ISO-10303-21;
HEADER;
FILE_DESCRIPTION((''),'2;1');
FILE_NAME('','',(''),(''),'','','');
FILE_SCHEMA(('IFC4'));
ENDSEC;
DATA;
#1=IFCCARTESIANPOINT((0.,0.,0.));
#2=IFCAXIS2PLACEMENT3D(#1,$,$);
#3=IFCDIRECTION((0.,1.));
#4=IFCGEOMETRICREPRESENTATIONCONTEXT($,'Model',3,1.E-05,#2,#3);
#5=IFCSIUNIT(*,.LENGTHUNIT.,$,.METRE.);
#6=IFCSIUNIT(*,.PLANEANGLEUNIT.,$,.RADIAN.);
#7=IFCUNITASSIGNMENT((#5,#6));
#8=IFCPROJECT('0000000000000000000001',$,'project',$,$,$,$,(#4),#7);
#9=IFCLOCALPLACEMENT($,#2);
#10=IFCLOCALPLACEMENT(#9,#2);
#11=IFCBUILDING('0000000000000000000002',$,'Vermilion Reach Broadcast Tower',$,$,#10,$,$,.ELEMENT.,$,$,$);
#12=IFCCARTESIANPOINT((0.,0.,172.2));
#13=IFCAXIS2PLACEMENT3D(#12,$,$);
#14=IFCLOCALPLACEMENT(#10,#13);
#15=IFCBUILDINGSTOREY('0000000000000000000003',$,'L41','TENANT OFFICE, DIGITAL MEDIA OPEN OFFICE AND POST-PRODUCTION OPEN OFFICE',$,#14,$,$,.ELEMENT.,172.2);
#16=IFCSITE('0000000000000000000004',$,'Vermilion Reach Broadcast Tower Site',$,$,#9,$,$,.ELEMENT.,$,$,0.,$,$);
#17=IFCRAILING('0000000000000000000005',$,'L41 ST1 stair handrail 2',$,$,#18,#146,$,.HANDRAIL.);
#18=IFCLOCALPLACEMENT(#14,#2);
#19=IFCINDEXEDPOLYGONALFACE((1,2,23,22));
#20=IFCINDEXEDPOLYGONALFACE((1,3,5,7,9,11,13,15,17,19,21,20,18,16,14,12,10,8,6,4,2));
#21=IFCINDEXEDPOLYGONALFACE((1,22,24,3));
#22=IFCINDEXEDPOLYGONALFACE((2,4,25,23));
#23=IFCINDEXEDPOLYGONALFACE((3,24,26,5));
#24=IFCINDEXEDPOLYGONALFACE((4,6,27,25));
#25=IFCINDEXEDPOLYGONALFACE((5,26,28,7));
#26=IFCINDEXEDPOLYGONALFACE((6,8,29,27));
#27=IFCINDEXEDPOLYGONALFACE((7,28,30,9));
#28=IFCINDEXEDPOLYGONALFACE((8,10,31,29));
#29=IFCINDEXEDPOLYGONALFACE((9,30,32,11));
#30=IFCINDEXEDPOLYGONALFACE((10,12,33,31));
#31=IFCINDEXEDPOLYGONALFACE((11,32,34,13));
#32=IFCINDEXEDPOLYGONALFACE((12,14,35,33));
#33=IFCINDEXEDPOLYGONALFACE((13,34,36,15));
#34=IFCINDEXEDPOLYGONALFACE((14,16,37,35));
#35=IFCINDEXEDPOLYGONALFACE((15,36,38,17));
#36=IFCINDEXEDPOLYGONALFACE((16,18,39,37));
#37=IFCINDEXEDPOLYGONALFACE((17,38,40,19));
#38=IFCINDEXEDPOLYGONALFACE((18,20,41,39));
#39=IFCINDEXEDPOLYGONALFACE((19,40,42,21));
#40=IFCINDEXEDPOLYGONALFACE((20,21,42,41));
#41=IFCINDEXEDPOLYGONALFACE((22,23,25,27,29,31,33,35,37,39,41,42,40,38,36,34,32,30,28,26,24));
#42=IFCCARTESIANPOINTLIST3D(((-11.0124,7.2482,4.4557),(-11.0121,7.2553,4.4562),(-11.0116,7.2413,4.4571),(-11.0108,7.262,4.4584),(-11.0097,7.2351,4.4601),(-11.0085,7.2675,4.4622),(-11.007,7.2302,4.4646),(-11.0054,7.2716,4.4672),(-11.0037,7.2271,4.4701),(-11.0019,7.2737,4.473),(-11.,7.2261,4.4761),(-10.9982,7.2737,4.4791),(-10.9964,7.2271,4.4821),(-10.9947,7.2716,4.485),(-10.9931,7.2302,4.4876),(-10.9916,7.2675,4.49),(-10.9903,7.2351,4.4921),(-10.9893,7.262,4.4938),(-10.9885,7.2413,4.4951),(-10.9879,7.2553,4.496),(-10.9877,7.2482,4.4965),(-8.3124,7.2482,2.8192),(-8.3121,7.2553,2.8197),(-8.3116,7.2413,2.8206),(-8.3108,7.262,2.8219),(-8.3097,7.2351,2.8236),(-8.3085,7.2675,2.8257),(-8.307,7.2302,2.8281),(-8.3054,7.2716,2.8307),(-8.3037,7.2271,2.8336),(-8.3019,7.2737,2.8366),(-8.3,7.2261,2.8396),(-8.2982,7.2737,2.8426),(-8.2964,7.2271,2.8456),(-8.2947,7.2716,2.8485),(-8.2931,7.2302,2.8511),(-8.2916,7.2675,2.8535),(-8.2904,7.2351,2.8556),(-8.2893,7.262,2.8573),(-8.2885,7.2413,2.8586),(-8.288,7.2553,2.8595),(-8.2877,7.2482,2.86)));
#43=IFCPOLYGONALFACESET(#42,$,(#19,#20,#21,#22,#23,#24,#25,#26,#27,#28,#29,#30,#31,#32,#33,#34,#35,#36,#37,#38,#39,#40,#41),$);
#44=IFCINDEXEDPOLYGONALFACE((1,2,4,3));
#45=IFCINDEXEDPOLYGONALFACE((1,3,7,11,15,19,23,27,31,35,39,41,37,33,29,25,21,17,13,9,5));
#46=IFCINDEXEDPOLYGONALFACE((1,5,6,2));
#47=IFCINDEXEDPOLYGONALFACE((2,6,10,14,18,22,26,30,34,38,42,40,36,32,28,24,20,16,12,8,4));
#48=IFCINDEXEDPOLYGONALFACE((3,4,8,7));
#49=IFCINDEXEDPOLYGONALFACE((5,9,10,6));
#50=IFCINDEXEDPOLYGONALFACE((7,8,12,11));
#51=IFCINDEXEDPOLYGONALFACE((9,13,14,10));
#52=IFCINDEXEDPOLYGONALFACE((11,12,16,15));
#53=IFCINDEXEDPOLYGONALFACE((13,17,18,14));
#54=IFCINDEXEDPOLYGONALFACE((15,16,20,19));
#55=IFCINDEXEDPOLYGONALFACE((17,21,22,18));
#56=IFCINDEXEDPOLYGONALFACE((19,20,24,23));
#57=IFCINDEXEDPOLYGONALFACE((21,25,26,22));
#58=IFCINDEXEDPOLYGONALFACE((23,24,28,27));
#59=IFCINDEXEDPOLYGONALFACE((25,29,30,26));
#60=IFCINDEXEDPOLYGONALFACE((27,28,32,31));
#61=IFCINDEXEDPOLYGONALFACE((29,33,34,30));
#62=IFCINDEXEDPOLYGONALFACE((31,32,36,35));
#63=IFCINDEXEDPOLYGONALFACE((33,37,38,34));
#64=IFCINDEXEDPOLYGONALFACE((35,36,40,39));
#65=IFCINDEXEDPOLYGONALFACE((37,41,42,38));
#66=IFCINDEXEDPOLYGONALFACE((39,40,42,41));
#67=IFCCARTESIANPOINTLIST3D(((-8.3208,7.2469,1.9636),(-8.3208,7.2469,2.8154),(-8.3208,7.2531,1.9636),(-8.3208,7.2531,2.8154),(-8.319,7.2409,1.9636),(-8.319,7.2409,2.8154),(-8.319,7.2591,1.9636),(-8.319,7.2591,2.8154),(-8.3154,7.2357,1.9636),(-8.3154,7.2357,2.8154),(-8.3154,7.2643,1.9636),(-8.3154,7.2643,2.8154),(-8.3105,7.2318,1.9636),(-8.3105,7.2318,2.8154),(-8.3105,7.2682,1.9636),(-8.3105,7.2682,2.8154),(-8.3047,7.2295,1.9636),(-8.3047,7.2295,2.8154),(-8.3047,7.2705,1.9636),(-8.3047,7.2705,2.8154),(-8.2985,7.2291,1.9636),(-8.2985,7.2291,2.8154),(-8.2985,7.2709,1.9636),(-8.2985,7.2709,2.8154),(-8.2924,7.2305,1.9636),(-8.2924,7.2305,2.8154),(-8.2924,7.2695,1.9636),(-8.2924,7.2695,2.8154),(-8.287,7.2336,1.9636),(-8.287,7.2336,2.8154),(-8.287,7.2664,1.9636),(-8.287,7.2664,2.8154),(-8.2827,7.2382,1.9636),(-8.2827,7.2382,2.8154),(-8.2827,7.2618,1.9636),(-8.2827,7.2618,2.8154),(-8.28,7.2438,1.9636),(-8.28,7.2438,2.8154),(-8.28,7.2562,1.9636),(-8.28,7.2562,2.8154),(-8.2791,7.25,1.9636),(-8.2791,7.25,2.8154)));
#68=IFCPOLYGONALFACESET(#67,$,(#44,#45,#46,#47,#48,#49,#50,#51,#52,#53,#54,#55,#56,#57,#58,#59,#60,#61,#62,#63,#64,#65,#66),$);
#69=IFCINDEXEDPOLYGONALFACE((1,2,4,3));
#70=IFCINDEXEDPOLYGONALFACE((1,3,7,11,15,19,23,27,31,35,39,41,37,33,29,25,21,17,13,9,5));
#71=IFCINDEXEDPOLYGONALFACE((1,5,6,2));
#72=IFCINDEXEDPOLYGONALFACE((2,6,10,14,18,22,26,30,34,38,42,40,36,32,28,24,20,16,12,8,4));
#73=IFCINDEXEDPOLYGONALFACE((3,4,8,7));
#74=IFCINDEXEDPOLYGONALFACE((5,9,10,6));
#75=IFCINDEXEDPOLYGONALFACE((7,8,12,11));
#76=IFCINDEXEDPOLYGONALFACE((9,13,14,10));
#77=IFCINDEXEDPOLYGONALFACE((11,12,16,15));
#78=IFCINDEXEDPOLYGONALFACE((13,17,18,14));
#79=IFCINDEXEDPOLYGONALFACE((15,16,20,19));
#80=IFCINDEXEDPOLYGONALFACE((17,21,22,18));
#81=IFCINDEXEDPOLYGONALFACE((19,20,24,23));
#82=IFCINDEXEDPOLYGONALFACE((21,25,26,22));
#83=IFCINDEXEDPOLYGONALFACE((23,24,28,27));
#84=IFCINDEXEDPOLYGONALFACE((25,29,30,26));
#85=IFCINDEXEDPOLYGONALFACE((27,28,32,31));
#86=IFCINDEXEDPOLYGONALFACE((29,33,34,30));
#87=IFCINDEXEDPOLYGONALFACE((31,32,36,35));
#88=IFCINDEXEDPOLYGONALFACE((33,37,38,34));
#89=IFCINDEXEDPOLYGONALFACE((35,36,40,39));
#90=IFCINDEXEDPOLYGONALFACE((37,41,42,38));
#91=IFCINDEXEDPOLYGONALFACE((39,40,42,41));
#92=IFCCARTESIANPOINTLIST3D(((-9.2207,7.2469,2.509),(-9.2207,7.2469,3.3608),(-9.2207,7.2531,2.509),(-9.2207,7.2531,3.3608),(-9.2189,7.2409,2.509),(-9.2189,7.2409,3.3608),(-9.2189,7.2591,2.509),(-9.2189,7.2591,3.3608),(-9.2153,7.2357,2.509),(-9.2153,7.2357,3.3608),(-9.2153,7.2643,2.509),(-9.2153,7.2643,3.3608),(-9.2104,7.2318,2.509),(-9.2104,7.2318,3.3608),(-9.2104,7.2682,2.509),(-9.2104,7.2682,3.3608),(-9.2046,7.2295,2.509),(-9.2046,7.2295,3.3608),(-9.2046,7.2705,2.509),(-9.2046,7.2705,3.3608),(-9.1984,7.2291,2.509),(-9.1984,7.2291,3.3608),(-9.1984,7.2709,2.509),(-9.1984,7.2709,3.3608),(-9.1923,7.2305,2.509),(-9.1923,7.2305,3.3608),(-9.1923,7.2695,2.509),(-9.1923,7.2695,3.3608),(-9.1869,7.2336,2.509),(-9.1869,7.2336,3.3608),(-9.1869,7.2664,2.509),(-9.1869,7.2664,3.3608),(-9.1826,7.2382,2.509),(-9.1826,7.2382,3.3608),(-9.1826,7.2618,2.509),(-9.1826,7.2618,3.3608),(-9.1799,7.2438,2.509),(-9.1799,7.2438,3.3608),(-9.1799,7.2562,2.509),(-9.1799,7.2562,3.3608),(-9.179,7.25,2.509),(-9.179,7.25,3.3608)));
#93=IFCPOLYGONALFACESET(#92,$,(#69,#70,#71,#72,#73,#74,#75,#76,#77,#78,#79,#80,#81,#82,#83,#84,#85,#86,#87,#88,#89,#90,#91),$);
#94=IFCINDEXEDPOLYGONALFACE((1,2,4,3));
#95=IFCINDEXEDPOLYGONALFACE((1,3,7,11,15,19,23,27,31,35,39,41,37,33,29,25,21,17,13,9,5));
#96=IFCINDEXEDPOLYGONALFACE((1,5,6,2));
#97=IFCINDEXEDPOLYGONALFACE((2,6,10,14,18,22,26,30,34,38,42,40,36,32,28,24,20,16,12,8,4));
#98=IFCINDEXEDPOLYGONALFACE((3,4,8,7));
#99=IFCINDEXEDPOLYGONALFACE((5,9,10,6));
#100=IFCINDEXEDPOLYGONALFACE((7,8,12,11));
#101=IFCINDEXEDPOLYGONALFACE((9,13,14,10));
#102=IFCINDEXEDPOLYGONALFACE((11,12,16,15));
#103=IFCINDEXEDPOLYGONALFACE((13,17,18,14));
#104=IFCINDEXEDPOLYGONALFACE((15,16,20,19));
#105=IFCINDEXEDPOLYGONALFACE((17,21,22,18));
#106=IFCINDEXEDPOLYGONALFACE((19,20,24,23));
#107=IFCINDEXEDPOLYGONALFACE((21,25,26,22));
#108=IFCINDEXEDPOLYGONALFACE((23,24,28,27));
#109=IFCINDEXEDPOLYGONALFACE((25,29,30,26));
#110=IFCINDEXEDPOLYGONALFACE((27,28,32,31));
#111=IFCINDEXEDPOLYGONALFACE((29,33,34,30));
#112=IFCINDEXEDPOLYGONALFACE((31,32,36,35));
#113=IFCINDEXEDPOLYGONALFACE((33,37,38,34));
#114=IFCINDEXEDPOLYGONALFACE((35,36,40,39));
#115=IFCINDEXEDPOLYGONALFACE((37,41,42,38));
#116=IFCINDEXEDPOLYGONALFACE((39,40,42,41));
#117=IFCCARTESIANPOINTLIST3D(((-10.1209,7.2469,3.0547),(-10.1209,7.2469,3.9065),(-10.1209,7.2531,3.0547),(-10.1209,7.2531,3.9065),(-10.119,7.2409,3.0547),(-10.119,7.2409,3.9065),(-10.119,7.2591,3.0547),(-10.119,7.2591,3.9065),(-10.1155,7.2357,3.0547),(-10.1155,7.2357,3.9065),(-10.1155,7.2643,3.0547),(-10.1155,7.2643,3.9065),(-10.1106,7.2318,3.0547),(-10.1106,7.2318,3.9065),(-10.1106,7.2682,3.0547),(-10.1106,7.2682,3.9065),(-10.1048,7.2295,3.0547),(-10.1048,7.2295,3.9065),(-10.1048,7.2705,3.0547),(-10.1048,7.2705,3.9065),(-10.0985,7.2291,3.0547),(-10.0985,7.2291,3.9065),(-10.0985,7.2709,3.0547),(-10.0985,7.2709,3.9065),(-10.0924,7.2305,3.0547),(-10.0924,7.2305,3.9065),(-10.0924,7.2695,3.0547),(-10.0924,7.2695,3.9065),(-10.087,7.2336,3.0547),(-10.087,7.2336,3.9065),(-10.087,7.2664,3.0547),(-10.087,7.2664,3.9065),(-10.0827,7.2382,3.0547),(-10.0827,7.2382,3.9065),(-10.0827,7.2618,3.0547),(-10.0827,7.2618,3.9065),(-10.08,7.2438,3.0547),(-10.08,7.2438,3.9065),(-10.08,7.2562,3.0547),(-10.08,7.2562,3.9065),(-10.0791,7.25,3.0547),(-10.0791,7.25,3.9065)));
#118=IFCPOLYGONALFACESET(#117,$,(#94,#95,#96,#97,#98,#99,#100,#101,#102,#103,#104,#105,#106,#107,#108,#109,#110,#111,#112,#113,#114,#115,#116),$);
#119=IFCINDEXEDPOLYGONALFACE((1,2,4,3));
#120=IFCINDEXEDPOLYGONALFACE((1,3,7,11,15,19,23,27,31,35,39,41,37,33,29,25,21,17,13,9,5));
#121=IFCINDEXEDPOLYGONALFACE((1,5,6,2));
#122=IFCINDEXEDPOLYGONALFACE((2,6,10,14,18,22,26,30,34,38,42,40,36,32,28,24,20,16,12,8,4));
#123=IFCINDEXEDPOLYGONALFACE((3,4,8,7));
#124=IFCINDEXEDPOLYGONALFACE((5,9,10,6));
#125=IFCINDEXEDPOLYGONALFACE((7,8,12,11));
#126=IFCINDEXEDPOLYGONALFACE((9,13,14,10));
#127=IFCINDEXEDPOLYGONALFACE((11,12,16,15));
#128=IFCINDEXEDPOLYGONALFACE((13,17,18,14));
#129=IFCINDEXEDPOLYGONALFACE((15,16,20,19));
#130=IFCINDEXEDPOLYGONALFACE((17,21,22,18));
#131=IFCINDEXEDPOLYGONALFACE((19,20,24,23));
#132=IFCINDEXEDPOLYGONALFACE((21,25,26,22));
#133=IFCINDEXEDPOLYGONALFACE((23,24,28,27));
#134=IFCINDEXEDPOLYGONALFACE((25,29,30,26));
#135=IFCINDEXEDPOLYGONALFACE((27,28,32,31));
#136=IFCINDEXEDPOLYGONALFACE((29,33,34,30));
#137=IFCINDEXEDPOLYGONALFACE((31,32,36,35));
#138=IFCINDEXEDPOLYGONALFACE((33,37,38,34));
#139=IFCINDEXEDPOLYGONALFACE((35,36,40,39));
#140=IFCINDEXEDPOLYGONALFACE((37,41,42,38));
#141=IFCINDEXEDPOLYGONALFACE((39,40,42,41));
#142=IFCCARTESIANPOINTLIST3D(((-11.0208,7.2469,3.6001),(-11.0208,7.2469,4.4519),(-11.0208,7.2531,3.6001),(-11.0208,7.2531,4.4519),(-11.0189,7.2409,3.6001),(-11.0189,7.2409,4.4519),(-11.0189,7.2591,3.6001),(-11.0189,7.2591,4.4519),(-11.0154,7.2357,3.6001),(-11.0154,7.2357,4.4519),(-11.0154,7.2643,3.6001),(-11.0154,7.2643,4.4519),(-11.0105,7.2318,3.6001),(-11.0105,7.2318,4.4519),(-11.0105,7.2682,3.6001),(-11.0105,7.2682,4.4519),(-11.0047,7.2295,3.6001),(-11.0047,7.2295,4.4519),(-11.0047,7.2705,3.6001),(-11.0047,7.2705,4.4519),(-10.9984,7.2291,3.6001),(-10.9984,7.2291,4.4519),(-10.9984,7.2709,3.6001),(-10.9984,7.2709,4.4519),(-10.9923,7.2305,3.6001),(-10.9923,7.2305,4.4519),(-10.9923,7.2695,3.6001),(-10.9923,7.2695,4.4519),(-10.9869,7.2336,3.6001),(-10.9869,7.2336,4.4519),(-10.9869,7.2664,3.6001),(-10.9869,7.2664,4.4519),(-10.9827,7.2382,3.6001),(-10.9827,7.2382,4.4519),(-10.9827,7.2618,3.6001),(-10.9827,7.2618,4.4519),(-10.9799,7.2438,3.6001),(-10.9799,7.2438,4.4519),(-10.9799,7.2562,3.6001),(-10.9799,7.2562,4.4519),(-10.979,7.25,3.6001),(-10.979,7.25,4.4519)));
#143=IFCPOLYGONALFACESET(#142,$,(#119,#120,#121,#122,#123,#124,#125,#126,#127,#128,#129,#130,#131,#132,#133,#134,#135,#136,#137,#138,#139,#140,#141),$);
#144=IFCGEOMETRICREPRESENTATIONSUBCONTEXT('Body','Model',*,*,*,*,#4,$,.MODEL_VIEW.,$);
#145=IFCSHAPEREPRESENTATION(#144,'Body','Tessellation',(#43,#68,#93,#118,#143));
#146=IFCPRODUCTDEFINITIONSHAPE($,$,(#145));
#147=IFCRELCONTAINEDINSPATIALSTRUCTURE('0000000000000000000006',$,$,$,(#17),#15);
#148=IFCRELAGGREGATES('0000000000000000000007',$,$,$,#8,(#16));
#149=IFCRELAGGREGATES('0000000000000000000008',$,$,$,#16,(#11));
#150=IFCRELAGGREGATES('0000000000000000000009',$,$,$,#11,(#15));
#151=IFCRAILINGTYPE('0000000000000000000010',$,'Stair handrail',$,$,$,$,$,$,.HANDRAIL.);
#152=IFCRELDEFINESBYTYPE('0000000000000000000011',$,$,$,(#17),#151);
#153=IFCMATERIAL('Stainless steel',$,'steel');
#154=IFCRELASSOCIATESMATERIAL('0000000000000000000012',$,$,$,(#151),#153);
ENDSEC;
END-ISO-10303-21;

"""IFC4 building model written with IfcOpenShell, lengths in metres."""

from ifc_helpers import new_model, si_unit, direction, frame, origin, origin_2d, place, context, subcontext, project, spatial, circle, extrude, material, type_object, element, save


model = new_model("IFC4")

# Units and contexts
model_context = context("Model", 3, precision=1e-05, world=origin(), true_north=direction((0.0, 1.0)))
body_context = subcontext(model_context, "Body", "Model", "MODEL_VIEW")
ifc_project = project(units=[si_unit("LENGTHUNIT", "METRE"), si_unit("PLANEANGLEUNIT", "RADIAN")], contexts=[model_context])

# Site, building, storey
site_placement = place(None, origin())
site = spatial("IfcSite", under=ifc_project, at=site_placement, Name="Vermilion Reach Broadcast Tower Site", CompositionType="ELEMENT", RefElevation=0.0)
building_placement = place(site_placement, origin())
building = spatial("IfcBuilding", under=site, at=building_placement, Name="Vermilion Reach Broadcast Tower", CompositionType="ELEMENT")
storey_placement = place(building_placement, frame((0.0, 0.0, 172.2)))
storey = spatial("IfcBuildingStorey", under=building, at=storey_placement, Name="L41", Description="TENANT OFFICE, DIGITAL MEDIA OPEN OFFICE AND POST-PRODUCTION OPEN OFFICE", CompositionType="ELEMENT", Elevation=172.2)

# Railing
ifc_material_1 = material(Name="Stainless steel", Category="steel")
railing_type_1 = type_object("IfcRailingType", Name="Stair handrail", PredefinedType="HANDRAIL", material=ifc_material_1)
railing_1_placement = place(storey_placement, frame((-8.3, 7.25, 1.9636)))
element("IfcRailing", 1, at=railing_1_placement, inside=storey, type_object=railing_type_1, Name="L41 ST1 stair handrail 2", PredefinedType="HANDRAIL", context=body_context, shape_type="SweptSolid", body=[
    extrude(circle(Radius=0.0239, at=origin_2d()), frame((0.0, 0.0, 0.876), z_axis=(-0.855178, 0.0, 0.518334), x_axis=(0.0, -1.0, 0.0)), (0.0, 0.0, 1.0), 3.1572),
    extrude(circle(Radius=0.021, at=origin_2d()), origin(), (0.0, 0.0, 1.0), 0.8518),
    extrude(circle(Radius=0.021, at=origin_2d()), frame((-0.8999, 0.0, 0.5454)), (0.0, 0.0, 1.0), 0.8518),
    extrude(circle(Radius=0.021, at=origin_2d()), frame((-1.8, 0.0, 1.0911)), (0.0, 0.0, 1.0), 0.8518),
    extrude(circle(Radius=0.021, at=origin_2d()), frame((-2.7, 0.0, 1.6365)), (0.0, 0.0, 1.0), 0.8518),
])

save(model, "model.ifc")
